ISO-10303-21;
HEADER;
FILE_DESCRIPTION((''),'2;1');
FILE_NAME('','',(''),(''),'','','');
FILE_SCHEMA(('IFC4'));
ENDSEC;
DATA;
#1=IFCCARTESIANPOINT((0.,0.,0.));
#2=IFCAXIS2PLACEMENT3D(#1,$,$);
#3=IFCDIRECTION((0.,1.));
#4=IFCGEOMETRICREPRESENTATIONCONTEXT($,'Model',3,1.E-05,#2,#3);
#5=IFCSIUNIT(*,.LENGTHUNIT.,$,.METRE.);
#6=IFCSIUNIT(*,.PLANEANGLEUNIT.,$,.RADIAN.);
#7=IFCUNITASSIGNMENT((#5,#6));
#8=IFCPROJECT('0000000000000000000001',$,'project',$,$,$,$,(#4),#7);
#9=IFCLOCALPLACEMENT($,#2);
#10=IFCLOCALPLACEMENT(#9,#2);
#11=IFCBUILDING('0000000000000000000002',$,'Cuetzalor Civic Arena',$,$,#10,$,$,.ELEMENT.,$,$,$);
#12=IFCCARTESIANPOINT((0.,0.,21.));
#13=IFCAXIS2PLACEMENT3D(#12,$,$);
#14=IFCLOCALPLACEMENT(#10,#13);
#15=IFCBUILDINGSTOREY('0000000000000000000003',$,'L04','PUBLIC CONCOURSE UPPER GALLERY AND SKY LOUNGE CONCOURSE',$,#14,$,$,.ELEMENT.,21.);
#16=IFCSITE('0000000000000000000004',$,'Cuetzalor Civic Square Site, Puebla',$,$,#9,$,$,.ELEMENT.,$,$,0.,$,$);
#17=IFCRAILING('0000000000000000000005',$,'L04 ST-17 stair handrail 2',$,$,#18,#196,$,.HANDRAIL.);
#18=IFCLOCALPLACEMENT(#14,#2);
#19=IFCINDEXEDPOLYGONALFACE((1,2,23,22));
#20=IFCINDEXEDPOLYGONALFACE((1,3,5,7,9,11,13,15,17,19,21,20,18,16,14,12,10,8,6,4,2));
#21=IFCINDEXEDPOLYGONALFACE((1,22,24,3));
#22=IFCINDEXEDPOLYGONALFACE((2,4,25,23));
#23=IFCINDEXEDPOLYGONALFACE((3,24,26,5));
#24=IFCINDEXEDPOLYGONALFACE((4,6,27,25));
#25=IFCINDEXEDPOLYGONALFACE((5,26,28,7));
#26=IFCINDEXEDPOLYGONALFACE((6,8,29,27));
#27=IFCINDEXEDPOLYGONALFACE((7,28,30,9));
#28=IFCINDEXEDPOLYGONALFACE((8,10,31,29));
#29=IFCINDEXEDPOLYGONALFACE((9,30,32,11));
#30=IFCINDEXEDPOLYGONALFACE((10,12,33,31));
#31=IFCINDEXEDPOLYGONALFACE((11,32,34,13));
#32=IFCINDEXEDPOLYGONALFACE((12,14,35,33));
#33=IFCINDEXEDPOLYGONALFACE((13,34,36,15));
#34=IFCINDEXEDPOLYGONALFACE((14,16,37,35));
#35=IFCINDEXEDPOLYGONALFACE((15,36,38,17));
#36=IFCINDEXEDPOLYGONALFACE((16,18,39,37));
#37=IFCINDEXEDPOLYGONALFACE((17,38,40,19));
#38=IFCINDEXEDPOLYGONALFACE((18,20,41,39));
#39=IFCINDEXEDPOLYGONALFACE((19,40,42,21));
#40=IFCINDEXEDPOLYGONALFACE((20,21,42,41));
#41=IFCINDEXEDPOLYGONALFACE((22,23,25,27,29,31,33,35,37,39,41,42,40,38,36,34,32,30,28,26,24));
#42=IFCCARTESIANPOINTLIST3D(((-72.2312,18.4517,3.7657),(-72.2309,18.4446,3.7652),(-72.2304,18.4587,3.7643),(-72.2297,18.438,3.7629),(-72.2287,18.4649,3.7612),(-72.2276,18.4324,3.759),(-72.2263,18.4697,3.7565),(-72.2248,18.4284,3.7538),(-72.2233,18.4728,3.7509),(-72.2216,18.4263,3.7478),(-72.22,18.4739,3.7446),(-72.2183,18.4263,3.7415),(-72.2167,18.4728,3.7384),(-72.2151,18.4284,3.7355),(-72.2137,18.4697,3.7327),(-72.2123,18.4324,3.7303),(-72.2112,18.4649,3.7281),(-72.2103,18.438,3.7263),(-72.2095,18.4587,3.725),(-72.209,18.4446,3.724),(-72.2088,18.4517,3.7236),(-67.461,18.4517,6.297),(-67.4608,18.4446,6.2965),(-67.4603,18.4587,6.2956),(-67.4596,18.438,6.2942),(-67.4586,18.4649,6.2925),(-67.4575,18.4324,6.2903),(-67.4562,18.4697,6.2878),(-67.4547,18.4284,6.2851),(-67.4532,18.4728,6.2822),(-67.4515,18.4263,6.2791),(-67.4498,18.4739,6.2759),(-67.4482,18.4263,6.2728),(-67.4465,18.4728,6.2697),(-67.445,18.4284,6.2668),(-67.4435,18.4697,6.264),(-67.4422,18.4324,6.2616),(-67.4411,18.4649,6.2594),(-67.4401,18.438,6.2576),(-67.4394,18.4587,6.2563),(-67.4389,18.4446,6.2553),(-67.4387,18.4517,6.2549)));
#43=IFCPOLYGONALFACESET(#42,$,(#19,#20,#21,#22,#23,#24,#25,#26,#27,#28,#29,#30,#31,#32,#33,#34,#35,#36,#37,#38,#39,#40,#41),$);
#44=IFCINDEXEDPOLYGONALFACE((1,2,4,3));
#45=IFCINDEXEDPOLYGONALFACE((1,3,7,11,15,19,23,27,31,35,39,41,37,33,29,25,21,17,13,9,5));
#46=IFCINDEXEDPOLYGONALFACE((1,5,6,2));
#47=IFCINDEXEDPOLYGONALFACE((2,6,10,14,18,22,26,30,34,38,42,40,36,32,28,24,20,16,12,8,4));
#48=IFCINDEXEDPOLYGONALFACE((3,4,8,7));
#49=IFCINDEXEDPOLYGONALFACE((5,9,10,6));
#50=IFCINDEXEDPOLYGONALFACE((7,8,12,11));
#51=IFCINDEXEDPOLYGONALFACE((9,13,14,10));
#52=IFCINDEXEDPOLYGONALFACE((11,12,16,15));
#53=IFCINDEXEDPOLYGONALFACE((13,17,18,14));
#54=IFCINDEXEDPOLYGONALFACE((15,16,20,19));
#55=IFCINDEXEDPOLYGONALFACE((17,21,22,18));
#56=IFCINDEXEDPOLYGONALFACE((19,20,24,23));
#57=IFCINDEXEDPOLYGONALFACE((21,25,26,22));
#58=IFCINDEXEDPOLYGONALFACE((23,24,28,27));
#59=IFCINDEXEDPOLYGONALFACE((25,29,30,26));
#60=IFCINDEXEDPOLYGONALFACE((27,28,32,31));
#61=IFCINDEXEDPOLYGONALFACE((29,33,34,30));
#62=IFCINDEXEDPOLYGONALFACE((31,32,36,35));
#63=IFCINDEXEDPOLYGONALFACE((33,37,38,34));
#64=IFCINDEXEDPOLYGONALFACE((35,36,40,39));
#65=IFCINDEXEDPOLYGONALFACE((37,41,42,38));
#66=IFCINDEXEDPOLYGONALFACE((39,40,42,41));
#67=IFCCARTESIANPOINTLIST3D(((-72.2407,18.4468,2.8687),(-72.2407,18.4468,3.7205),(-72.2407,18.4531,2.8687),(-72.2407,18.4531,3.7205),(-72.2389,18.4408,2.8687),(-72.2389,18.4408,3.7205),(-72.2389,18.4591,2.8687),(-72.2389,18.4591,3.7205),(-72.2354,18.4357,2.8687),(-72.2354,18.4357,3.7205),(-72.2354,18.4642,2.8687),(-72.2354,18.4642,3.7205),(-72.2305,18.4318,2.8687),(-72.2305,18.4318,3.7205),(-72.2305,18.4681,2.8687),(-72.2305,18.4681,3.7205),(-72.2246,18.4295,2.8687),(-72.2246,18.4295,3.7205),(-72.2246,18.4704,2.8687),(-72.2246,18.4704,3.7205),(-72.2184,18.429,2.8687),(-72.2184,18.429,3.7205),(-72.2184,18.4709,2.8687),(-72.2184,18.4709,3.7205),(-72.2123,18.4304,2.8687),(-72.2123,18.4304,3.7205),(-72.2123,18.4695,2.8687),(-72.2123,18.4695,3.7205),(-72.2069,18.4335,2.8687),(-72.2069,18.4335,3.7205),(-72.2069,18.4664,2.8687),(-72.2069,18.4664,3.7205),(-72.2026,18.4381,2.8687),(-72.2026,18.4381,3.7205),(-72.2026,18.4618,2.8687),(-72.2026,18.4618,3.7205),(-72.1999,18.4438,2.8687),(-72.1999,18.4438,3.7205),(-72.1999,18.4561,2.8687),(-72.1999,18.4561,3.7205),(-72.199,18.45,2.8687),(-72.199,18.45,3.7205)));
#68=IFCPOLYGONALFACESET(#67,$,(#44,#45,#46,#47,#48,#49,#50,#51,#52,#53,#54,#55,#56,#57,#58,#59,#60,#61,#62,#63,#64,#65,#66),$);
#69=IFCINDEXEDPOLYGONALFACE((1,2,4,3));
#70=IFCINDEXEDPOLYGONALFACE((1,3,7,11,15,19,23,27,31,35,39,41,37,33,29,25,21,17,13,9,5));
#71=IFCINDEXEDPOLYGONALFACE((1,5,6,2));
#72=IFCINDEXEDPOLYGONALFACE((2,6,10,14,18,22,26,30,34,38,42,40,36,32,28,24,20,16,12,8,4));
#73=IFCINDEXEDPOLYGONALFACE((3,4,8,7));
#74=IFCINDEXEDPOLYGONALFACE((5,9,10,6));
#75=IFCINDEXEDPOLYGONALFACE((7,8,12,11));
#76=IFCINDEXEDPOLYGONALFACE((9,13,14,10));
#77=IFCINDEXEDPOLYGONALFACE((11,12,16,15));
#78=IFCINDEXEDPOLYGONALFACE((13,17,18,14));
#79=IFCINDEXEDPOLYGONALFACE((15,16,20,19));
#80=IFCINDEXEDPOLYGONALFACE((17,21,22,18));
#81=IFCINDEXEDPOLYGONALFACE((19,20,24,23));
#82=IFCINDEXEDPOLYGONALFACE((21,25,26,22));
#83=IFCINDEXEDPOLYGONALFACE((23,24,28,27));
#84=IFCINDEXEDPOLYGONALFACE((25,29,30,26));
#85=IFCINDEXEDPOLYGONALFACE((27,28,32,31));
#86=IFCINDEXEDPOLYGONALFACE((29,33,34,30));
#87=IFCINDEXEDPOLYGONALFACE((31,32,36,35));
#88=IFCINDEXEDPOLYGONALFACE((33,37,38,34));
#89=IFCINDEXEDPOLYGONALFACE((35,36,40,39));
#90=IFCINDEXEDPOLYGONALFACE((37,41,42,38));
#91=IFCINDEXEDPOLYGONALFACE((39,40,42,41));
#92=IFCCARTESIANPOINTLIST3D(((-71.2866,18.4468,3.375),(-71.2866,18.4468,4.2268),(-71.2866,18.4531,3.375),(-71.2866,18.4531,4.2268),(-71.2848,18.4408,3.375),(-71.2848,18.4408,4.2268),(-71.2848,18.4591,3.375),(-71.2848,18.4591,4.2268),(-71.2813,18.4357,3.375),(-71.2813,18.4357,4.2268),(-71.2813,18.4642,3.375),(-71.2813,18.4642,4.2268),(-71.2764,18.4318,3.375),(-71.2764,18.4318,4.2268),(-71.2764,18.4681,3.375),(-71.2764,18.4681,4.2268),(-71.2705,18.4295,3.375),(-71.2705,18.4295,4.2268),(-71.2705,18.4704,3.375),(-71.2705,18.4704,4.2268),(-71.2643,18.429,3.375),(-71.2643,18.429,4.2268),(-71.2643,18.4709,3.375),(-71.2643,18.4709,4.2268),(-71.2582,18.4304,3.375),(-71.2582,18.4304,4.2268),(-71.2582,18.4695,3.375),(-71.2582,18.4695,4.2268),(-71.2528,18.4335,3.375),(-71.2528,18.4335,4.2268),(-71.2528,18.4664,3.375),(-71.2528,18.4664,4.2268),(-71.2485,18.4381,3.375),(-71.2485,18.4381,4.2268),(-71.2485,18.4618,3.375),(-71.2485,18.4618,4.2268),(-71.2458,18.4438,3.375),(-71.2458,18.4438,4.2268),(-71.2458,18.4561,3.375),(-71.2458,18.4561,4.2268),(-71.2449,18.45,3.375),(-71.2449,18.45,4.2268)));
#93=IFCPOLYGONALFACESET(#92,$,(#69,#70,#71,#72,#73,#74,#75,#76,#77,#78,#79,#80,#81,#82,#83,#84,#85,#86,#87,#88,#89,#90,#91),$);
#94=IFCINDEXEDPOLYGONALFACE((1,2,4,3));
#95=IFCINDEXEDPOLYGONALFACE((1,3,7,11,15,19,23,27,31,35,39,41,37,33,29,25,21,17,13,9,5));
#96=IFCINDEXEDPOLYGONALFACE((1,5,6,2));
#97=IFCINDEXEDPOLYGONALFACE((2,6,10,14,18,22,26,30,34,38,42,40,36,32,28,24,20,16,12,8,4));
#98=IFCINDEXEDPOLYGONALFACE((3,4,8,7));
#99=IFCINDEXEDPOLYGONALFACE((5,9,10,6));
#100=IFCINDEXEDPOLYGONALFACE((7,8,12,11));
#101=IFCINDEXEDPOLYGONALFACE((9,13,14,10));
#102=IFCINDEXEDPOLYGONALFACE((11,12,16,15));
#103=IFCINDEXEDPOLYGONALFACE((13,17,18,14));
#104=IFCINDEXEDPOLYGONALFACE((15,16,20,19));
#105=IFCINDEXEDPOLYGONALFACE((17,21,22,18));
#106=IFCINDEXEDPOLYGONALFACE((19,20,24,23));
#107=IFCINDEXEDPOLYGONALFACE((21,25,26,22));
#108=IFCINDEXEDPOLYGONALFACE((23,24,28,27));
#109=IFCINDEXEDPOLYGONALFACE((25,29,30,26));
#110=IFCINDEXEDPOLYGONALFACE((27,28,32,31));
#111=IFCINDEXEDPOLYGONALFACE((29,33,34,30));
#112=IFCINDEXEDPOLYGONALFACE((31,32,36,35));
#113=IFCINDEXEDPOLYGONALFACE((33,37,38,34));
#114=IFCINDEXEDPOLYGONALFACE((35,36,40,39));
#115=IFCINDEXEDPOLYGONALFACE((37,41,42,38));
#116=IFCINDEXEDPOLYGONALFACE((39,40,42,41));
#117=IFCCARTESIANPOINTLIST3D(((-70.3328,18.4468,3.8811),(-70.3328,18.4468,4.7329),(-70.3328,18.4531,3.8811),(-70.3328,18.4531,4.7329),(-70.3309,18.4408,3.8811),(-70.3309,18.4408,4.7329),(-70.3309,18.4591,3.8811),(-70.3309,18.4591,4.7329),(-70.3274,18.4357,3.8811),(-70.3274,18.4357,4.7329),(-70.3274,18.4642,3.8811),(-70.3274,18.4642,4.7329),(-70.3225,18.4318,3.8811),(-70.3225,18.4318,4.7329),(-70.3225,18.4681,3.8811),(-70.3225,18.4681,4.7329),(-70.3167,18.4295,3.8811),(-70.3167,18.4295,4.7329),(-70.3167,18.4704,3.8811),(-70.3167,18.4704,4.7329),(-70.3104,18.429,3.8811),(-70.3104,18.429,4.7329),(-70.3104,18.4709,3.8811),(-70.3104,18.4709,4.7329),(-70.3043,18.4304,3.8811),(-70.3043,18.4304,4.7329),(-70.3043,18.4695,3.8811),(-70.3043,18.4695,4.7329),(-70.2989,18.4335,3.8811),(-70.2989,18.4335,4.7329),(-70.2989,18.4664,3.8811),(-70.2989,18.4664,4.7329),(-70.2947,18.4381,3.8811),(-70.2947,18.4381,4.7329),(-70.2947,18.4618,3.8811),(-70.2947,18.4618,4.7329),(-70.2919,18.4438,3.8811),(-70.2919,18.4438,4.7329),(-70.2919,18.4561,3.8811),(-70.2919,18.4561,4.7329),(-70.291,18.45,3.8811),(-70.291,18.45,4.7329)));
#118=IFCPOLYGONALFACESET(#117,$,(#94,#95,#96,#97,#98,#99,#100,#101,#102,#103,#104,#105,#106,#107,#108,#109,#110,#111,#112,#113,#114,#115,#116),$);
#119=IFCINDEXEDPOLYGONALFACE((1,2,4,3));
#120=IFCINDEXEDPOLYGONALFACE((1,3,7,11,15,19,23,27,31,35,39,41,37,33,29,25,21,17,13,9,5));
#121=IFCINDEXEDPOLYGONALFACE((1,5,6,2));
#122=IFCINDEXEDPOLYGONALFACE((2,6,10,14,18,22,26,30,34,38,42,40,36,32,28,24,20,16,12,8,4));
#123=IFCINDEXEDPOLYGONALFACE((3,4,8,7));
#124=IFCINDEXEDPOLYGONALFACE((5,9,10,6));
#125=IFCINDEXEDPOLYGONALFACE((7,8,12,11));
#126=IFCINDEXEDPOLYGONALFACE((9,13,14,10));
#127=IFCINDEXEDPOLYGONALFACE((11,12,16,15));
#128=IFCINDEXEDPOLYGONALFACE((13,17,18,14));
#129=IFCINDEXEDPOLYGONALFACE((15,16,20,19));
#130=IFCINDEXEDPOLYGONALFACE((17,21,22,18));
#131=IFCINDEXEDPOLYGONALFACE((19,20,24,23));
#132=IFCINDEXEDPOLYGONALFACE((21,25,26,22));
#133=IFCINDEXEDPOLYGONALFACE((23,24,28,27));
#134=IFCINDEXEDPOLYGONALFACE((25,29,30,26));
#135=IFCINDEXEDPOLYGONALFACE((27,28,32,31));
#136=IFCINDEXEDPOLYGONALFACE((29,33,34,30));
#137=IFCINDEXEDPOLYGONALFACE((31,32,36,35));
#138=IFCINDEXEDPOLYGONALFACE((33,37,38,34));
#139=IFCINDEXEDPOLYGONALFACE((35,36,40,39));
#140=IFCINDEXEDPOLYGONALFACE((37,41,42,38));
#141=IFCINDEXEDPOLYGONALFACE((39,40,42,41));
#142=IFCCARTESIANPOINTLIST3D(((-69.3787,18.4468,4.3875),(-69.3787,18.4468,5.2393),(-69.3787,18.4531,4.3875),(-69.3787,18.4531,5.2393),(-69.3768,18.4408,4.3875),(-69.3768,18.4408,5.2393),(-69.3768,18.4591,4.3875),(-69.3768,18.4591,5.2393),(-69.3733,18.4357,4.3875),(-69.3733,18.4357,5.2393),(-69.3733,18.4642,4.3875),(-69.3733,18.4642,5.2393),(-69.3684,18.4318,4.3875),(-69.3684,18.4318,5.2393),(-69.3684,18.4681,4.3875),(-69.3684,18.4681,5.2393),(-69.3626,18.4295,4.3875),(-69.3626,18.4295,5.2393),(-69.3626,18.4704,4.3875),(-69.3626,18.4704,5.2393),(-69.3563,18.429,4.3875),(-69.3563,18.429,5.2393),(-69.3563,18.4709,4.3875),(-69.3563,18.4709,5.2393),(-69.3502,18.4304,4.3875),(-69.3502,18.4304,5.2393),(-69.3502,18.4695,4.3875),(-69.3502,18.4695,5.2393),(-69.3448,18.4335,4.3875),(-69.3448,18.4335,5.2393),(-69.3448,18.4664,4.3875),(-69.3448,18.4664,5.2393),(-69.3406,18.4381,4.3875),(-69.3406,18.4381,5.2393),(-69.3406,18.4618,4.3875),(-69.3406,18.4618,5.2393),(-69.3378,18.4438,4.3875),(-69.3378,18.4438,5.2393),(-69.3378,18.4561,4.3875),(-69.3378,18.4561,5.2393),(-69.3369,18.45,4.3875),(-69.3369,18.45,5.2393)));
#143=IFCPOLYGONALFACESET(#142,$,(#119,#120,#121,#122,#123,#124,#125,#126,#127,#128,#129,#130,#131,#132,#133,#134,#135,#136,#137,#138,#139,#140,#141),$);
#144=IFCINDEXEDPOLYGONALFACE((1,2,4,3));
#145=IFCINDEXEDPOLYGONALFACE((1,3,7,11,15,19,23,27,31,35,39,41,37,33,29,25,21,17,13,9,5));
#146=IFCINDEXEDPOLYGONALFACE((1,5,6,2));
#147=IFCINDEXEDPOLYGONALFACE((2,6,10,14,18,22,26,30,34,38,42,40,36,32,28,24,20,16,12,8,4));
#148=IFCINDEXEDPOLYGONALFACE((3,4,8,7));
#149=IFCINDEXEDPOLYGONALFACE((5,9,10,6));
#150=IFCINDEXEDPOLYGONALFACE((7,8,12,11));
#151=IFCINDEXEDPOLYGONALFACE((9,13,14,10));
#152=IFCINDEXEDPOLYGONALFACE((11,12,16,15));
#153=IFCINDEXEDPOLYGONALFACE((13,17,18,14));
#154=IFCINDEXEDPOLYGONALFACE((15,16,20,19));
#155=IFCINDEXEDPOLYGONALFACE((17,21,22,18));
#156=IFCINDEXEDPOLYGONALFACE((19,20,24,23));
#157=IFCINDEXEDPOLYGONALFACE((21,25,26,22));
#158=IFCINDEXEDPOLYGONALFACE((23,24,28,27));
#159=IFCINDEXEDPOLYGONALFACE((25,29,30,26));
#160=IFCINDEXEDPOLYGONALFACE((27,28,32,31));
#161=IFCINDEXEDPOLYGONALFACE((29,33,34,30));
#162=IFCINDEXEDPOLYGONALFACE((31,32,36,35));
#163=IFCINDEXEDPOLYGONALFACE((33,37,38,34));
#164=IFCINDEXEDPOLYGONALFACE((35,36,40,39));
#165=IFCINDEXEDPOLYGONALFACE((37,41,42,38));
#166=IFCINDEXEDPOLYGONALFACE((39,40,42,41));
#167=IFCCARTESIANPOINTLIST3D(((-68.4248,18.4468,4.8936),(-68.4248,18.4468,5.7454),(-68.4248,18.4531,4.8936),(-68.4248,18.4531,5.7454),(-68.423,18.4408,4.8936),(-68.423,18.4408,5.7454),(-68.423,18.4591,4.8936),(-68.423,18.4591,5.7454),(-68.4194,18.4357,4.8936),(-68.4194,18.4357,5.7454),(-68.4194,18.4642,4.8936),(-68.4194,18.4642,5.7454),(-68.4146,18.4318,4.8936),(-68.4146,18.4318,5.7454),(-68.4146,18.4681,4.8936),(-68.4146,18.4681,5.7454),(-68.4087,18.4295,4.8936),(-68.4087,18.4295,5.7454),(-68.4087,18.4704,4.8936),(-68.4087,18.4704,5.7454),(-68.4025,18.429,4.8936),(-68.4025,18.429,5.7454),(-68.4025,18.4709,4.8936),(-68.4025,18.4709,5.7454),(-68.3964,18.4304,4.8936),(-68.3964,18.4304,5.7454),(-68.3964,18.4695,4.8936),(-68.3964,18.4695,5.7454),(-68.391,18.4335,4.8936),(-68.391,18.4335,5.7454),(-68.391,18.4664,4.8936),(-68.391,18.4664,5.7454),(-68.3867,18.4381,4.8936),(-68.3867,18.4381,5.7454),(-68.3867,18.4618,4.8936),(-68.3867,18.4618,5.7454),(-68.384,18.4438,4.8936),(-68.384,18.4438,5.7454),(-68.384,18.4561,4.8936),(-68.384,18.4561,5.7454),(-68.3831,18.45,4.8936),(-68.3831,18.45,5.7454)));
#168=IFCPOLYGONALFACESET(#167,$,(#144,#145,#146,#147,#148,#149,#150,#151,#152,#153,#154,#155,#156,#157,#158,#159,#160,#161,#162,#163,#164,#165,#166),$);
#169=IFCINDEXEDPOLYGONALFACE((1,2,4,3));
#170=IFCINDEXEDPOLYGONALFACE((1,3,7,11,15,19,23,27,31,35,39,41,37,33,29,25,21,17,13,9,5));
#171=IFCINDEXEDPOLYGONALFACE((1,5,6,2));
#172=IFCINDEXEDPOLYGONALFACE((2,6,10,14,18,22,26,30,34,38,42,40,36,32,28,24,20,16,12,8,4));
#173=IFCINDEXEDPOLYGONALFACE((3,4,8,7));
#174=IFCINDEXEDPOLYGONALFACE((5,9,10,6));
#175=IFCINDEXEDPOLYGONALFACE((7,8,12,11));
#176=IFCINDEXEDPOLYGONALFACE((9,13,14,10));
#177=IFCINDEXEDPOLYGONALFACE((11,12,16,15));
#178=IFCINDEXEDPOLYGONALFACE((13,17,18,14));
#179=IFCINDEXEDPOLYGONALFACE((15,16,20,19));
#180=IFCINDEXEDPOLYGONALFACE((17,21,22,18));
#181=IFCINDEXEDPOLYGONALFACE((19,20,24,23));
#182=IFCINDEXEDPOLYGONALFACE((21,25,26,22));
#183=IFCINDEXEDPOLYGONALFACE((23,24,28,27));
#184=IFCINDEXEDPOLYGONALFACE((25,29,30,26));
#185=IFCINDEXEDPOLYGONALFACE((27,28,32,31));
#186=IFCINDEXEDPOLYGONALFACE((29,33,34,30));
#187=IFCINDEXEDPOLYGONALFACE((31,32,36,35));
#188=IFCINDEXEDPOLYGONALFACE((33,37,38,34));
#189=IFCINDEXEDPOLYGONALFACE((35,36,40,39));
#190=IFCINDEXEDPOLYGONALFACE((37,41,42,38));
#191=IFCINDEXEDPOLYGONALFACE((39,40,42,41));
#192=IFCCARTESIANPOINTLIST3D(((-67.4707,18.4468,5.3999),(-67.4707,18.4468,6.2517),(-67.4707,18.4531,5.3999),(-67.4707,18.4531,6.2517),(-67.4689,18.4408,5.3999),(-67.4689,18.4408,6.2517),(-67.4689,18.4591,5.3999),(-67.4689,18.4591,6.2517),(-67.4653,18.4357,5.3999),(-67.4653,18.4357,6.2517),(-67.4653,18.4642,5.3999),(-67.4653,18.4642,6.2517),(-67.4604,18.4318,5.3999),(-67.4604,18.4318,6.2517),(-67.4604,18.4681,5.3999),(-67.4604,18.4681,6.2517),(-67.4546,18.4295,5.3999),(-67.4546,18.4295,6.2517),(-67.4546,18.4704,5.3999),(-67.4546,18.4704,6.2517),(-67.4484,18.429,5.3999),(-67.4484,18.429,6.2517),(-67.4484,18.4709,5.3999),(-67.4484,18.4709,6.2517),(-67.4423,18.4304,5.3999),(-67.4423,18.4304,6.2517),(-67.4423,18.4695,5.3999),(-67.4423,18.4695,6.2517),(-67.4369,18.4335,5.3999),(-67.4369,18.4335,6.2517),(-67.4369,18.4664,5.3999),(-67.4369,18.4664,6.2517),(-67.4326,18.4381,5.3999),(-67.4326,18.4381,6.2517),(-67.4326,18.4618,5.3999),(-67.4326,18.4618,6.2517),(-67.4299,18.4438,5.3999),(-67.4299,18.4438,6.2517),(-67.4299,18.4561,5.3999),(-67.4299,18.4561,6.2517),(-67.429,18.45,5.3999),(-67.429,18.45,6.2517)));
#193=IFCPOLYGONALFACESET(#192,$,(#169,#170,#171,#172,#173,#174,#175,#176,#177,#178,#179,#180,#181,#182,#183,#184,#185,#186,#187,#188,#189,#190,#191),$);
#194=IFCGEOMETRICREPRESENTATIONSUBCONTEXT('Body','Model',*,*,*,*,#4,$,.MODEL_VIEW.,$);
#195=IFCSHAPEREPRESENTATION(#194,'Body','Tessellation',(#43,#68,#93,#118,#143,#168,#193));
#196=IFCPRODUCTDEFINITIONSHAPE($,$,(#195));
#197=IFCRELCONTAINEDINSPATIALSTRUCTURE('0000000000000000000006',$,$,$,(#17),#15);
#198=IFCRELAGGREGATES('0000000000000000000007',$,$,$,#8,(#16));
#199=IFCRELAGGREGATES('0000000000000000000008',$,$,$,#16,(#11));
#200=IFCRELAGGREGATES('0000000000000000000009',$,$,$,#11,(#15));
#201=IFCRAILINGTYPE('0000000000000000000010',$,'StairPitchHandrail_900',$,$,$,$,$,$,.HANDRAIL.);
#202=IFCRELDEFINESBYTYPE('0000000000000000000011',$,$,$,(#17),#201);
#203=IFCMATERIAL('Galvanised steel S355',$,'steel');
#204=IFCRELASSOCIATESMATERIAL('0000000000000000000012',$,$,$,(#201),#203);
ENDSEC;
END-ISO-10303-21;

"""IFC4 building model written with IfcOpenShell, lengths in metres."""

from ifc_helpers import new_model, si_unit, direction, frame, origin, origin_2d, place, context, subcontext, project, spatial, circle, extrude, material, type_object, element, save


model = new_model("IFC4")

# Units and contexts
model_context = context("Model", 3, precision=1e-05, world=origin(), true_north=direction((0.0, 1.0)))
body_context = subcontext(model_context, "Body", "Model", "MODEL_VIEW")
ifc_project = project(units=[si_unit("LENGTHUNIT", "METRE"), si_unit("PLANEANGLEUNIT", "RADIAN")], contexts=[model_context])

# Site, building, storey
site_placement = place(None, origin())
site = spatial("IfcSite", under=ifc_project, at=site_placement, Name="Cuetzalor Civic Square Site, Puebla", CompositionType="ELEMENT", RefElevation=0.0)
building_placement = place(site_placement, origin())
building = spatial("IfcBuilding", under=site, at=building_placement, Name="Cuetzalor Civic Arena", CompositionType="ELEMENT")
storey_placement = place(building_placement, frame((0.0, 0.0, 21.0)))
storey = spatial("IfcBuildingStorey", under=building, at=storey_placement, Name="L04", Description="PUBLIC CONCOURSE UPPER GALLERY AND SKY LOUNGE CONCOURSE", CompositionType="ELEMENT", Elevation=21.0)

# Railing
ifc_material_1 = material(Name="Galvanised steel S355", Category="steel")
railing_type_1 = type_object("IfcRailingType", Name="StairPitchHandrail_900", PredefinedType="HANDRAIL", material=ifc_material_1)
railing_1_placement = place(storey_placement, frame((-72.22, 18.45, 2.8687)))
element("IfcRailing", 1, at=railing_1_placement, inside=storey, type_object=railing_type_1, Name="L04 ST-17 stair handrail 2", PredefinedType="HANDRAIL", context=body_context, shape_type="SweptSolid", body=[
    extrude(circle(Radius=0.0239, at=origin_2d()), frame((0.0, 0.0, 0.876), z_axis=(0.883332, 0.0, 0.468747), x_axis=(0.0, 1.0, 0.0)), (0.0, 0.0, 1.0), 5.4001),
    extrude(circle(Radius=0.021, at=origin_2d()), origin(), (0.0, 0.0, 1.0), 0.8518),
    extrude(circle(Radius=0.021, at=origin_2d()), frame((0.9541, 0.0, 0.5063)), (0.0, 0.0, 1.0), 0.8518),
    extrude(circle(Radius=0.021, at=origin_2d()), frame((1.908, 0.0, 1.0125)), (0.0, 0.0, 1.0), 0.8518),
    extrude(circle(Radius=0.021, at=origin_2d()), frame((2.8621, 0.0, 1.5188)), (0.0, 0.0, 1.0), 0.8518),
    extrude(circle(Radius=0.021, at=origin_2d()), frame((3.8159, 0.0, 2.0249)), (0.0, 0.0, 1.0), 0.8518),
    extrude(circle(Radius=0.021, at=origin_2d()), frame((4.77, 0.0, 2.5312)), (0.0, 0.0, 1.0), 0.8518),
])

save(model, "model.ifc")
